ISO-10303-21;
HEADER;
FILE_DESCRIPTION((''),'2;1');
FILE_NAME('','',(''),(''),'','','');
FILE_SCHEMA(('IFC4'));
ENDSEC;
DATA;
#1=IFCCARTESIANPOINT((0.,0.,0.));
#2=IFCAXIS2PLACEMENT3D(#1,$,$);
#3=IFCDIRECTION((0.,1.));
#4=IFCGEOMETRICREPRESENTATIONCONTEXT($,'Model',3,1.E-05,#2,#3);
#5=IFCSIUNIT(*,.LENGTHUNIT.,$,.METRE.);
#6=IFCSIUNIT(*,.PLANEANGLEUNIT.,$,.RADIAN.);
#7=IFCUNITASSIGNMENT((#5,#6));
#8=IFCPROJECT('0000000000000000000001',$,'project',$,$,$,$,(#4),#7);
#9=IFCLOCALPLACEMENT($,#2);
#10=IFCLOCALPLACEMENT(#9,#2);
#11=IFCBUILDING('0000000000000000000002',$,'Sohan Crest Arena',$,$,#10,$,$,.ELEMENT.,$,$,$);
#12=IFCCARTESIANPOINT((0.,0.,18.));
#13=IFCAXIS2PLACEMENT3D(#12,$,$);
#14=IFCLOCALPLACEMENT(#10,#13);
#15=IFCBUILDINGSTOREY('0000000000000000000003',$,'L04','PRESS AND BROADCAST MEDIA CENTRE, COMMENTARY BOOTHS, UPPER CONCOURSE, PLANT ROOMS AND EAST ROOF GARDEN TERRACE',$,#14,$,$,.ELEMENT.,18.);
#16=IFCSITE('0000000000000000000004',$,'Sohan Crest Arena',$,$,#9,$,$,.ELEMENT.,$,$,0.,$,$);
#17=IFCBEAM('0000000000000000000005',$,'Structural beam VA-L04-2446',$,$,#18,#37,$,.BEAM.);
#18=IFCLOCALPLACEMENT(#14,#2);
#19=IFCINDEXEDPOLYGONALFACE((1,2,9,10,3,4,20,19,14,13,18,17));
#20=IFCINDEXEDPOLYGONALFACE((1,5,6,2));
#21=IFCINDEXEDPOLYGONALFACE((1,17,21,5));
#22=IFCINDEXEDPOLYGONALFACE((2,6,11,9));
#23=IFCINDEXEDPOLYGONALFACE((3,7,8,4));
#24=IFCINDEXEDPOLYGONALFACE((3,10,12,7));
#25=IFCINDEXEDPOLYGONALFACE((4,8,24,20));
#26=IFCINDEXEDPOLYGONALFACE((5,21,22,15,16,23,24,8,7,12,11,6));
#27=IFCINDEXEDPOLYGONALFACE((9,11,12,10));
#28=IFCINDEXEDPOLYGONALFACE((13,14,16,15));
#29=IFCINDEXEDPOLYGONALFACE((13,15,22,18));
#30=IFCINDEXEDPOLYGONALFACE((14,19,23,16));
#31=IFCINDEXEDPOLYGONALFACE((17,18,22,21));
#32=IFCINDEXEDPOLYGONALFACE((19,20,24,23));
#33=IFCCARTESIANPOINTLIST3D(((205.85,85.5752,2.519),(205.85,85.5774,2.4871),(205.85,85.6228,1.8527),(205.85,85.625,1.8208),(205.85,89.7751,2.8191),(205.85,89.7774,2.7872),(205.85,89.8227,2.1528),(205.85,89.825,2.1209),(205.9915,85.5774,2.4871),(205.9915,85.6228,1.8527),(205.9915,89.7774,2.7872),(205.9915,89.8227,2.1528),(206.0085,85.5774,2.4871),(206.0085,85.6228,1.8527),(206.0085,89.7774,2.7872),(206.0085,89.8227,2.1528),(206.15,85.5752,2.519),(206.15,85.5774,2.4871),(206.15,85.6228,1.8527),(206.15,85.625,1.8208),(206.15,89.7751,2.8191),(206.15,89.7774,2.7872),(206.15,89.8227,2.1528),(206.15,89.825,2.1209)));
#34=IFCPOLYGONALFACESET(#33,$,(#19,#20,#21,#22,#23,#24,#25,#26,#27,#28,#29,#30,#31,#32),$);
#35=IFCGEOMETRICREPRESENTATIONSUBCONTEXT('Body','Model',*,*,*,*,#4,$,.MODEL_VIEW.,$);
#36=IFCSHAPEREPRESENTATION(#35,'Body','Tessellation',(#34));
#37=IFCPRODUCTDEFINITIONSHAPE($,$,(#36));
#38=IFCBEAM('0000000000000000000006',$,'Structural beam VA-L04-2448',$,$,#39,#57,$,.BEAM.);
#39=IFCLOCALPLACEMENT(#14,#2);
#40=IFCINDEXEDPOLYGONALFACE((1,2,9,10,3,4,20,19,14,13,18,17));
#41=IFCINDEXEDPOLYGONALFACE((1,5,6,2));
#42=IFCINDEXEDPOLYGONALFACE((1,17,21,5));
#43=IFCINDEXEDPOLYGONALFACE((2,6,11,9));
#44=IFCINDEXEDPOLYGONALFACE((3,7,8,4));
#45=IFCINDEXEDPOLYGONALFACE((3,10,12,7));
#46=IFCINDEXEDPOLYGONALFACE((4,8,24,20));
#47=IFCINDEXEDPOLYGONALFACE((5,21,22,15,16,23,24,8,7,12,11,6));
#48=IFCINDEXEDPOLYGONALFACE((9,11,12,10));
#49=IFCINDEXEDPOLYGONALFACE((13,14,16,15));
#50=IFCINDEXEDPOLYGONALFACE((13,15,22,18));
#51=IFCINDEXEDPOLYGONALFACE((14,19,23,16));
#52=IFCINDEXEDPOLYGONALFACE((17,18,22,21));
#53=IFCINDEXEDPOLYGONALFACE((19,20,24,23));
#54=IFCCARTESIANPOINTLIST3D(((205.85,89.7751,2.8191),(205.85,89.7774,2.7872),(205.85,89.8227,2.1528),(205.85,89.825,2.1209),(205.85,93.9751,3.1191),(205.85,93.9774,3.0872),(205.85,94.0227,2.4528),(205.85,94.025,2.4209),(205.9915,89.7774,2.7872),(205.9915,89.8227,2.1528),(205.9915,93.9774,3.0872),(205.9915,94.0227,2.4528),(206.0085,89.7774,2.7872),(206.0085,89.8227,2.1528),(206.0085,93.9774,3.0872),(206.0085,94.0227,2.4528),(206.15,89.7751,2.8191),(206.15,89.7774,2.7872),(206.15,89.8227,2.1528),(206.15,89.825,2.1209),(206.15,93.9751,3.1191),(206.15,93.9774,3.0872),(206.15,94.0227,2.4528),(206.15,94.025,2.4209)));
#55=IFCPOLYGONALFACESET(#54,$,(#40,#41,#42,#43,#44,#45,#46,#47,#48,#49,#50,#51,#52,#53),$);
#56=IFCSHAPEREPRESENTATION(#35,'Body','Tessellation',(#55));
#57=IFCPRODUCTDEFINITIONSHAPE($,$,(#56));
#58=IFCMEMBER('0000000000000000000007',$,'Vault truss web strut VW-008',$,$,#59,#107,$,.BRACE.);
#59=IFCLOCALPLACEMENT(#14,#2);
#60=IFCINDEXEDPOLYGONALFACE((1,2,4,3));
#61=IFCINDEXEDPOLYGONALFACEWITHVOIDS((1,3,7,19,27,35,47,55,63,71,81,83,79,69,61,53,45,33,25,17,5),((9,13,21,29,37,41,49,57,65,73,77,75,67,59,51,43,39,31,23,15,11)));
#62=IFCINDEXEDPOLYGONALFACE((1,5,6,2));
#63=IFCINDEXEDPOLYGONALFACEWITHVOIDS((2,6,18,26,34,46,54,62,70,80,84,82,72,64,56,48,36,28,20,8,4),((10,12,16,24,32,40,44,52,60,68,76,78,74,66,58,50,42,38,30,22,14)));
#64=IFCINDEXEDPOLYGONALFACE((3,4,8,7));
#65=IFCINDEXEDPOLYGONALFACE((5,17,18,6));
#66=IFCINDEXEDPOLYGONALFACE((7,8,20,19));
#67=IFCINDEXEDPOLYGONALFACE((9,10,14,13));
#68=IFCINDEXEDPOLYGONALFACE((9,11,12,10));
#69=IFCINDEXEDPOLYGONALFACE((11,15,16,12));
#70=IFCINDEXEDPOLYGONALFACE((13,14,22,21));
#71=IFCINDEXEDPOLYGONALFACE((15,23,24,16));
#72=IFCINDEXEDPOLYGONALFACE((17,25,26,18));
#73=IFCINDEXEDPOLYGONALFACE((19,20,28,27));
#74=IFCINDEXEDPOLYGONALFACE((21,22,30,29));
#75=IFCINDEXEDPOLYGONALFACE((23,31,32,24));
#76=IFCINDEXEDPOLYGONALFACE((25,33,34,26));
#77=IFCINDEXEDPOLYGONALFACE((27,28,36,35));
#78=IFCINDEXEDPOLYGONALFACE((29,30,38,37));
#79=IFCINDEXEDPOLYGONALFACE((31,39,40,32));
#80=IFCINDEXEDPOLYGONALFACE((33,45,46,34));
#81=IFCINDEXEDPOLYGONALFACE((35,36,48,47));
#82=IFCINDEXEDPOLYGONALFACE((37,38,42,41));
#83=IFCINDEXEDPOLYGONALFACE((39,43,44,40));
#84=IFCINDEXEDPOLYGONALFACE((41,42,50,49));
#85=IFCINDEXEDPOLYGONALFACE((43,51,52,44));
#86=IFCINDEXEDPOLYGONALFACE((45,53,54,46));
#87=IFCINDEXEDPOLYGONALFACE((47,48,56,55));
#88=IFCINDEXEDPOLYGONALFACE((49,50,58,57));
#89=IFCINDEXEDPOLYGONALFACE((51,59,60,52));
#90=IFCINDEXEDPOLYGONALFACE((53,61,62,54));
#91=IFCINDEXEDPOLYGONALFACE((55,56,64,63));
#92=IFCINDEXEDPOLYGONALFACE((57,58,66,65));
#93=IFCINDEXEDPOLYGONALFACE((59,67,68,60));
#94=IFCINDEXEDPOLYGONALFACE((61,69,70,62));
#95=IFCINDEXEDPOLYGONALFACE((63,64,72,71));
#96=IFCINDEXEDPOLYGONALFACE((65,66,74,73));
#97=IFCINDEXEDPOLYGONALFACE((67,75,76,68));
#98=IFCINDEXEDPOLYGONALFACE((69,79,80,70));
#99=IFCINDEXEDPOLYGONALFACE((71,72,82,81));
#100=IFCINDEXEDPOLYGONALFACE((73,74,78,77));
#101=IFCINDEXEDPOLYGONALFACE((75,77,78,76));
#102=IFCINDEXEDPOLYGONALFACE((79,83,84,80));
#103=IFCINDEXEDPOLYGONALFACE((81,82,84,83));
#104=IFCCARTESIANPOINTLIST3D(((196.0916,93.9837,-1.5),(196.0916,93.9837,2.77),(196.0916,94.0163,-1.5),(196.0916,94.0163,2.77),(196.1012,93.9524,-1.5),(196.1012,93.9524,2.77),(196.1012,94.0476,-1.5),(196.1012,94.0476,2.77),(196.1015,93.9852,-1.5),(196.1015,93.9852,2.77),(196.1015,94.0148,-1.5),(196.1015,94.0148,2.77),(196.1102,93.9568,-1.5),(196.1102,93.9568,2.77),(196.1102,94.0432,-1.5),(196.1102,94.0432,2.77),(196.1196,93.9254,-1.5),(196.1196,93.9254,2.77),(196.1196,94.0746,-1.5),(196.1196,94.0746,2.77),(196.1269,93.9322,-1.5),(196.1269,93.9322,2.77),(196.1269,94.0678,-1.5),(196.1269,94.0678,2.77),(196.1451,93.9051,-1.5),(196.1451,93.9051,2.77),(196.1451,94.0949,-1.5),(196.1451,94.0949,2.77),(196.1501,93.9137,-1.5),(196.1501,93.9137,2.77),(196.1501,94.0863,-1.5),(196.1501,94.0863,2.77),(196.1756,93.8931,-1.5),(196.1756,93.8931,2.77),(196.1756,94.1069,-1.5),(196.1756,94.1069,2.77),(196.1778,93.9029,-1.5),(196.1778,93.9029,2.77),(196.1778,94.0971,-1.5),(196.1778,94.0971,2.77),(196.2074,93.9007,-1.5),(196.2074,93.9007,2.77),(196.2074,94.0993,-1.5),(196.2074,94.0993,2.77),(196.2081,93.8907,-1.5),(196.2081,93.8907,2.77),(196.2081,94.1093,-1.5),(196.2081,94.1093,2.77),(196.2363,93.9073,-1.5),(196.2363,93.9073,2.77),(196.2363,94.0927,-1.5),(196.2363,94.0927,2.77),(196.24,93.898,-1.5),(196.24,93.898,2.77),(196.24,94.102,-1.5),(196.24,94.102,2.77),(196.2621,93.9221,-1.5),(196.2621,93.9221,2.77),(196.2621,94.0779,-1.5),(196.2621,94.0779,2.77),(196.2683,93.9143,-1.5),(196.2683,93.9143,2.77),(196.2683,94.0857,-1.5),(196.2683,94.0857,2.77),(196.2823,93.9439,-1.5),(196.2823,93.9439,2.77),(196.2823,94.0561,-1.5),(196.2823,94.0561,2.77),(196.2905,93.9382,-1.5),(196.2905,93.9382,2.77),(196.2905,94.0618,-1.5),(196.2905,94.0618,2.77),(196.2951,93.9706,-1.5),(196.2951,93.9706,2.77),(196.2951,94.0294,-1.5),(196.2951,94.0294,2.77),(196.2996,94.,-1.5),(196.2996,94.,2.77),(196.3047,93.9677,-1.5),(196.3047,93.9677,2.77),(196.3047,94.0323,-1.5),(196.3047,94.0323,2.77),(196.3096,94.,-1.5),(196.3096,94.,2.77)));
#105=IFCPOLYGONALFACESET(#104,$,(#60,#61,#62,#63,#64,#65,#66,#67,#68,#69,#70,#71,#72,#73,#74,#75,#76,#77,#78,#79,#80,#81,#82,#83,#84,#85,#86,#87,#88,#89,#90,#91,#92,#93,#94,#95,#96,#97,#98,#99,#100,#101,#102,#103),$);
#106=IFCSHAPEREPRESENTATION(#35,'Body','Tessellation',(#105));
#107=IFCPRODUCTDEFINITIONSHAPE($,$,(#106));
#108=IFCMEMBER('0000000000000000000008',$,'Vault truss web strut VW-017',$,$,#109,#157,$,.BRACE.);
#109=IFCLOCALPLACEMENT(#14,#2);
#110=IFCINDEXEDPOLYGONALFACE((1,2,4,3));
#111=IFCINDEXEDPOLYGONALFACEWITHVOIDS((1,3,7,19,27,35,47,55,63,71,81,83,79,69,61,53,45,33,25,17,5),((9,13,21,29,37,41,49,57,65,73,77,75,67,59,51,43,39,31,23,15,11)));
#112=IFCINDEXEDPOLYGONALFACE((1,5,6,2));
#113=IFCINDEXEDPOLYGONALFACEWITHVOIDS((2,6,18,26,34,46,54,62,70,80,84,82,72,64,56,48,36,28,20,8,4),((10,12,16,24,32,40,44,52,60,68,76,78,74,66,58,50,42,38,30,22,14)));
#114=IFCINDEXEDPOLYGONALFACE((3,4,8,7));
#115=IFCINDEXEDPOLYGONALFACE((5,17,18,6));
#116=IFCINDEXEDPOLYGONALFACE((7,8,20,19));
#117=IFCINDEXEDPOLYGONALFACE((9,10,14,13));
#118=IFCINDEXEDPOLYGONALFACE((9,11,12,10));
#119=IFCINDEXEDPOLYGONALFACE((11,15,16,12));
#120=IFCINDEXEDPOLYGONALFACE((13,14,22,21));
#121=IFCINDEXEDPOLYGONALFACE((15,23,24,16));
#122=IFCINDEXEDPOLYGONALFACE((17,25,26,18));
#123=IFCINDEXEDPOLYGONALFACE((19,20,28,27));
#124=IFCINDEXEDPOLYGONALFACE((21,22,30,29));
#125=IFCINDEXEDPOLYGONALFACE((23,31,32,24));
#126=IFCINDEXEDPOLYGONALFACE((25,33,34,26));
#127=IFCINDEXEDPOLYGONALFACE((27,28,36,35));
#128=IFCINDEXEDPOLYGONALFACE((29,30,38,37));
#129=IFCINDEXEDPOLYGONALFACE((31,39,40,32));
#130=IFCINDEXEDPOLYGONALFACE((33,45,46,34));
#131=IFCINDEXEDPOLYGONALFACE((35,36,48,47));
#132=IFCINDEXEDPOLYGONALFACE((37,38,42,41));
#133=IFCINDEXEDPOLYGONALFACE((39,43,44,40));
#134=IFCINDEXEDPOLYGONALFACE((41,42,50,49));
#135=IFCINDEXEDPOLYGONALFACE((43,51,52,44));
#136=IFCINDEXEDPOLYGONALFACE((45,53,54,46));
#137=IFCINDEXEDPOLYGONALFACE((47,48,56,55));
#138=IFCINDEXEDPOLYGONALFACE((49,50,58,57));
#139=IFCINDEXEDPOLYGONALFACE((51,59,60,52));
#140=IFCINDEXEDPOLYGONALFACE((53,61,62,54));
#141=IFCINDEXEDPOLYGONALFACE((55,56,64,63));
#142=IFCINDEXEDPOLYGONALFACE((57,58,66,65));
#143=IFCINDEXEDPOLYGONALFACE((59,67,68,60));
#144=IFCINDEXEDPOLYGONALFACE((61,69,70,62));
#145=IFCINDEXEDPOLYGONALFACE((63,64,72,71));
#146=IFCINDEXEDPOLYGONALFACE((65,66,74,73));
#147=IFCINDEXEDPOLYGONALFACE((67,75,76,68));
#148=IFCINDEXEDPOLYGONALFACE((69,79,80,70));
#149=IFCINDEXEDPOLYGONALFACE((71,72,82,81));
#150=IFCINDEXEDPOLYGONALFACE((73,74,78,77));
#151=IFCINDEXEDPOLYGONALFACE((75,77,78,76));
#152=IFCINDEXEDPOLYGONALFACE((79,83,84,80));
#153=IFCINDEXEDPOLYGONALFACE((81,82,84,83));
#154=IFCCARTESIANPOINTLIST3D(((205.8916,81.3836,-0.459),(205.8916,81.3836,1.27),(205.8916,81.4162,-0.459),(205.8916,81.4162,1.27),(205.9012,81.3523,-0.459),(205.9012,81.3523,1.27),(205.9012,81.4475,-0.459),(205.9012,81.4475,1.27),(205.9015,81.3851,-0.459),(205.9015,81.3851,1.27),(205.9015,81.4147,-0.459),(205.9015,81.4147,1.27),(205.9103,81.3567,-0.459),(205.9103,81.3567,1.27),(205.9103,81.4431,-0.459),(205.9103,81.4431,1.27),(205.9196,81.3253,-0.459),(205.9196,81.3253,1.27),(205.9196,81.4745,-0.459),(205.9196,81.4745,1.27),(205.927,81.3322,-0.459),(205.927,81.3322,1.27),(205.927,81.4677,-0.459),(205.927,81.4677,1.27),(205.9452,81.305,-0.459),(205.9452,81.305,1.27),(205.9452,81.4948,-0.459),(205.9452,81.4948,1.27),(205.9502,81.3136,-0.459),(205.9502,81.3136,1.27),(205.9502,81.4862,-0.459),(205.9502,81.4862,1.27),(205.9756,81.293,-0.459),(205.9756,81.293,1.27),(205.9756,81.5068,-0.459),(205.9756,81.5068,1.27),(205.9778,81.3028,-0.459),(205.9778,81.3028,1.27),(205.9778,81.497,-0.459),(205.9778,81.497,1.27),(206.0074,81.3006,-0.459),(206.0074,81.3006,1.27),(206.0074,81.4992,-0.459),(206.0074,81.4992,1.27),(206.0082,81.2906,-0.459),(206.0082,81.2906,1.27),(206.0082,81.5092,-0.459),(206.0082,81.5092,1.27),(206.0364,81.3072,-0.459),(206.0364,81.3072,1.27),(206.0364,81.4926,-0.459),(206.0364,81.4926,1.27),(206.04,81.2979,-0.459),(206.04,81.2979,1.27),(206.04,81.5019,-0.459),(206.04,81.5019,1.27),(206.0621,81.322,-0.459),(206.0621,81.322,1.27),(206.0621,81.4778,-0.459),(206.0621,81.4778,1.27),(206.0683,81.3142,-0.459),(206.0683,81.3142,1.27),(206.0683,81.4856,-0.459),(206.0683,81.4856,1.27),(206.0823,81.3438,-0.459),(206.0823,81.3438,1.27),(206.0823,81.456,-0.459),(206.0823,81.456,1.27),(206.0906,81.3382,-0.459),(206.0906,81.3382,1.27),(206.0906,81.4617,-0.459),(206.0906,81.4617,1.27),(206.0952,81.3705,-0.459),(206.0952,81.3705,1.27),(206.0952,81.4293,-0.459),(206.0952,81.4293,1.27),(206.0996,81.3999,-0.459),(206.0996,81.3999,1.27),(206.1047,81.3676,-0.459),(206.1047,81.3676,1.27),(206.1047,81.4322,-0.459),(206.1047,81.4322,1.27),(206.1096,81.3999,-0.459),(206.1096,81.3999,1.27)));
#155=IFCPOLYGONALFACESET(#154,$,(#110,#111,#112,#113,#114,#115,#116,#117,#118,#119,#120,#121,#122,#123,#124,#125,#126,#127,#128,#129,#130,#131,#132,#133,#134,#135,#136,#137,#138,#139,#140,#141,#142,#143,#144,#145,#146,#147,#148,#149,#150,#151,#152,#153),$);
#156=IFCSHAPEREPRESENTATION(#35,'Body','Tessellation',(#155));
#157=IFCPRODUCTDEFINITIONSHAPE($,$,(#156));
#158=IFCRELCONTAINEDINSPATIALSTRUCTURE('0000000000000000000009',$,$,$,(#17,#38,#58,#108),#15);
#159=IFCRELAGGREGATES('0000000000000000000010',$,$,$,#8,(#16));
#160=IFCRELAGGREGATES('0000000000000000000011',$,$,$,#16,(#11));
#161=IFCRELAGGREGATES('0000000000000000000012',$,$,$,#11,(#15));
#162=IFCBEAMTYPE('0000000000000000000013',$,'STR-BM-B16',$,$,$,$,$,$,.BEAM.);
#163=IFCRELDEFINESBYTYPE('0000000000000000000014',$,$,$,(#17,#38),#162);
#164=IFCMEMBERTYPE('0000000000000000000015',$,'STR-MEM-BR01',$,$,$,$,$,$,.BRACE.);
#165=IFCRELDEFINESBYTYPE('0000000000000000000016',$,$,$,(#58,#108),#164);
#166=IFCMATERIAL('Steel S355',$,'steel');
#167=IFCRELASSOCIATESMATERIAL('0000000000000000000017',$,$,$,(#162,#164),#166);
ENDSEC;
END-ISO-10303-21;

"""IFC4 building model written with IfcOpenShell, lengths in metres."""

from ifc_helpers import new_model, si_unit, direction, frame, origin, origin_2d, place, context, subcontext, project, spatial, hollow_circle, i_section, extrude, material, material_profile, profile_set, type_object, element, save


model = new_model("IFC4")

# Units and contexts
model_context = context("Model", 3, precision=1e-05, world=origin(), true_north=direction((0.0, 1.0)))
body_context = subcontext(model_context, "Body", "Model", "MODEL_VIEW")
ifc_project = project(units=[si_unit("LENGTHUNIT", "METRE"), si_unit("PLANEANGLEUNIT", "RADIAN")], contexts=[model_context])

# Site, building, storey
site_placement = place(None, origin())
site = spatial("IfcSite", under=ifc_project, at=site_placement, Name="Sohan Crest Arena", CompositionType="ELEMENT", RefElevation=0.0)
building_placement = place(site_placement, origin())
building = spatial("IfcBuilding", under=site, at=building_placement, Name="Sohan Crest Arena", CompositionType="ELEMENT")
storey_placement = place(building_placement, frame((0.0, 0.0, 18.0)))
storey = spatial("IfcBuildingStorey", under=building, at=storey_placement, Name="L04", Description="PRESS AND BROADCAST MEDIA CENTRE, COMMENTARY BOOTHS, UPPER CONCOURSE, PLANT ROOMS AND EAST ROOF GARDEN TERRACE", CompositionType="ELEMENT", Elevation=18.0)

# Beams
ifc_material = material(Name="Steel S355", Category="steel")
ifc_material_profile_1 = material_profile(ifc_material, i_section(OverallWidth=0.3, OverallDepth=0.7, WebThickness=0.0171, FlangeThickness=0.032, at=origin_2d()), Name="HEB 700")
ifc_profile_set_1 = profile_set([ifc_material_profile_1], Name="Steel S355")
beam_type_1 = type_object("IfcBeamType", Name="STR-BM-B16", PredefinedType="BEAM", material=ifc_profile_set_1)
for number, where, z_axis, x_axis, name in (
    (1, (206.0, 85.6001, 2.1699), (0.0, 0.997458, 0.071259), (-1.0, 0.0, 0.0), "Structural beam VA-L04-2446"),
    (2, (206.0, 89.8, 2.47), (0.0, 0.997458, 0.071259), (-1.0, 0.0, 0.0), "Structural beam VA-L04-2448"),
):
    element("IfcBeam", number, at=place(storey_placement, frame(where, z_axis=z_axis, x_axis=x_axis)), inside=storey, type_object=beam_type_1, Name=name, PredefinedType="BEAM", context=body_context, shape_type="SweptSolid", body=[
        extrude(i_section(OverallWidth=0.3, OverallDepth=0.7, WebThickness=0.0171, FlangeThickness=0.032, at=origin_2d()), origin(), (0.0, 0.0, 1.0), 4.2107),
    ])

# Members
ifc_material_profile_2 = material_profile(ifc_material, hollow_circle(Radius=0.1096, WallThickness=0.01, at=origin_2d()), Name="CHS 219.1x10")
ifc_profile_set_2 = profile_set([ifc_material_profile_2], Name="Steel S355")
member_type_1 = type_object("IfcMemberType", Name="STR-MEM-BR01", PredefinedType="BRACE", material=ifc_profile_set_2)
member_1_placement = place(storey_placement, frame((196.2, 94.0, -1.5), z_axis=(0.0, 0.0, 1.0), x_axis=(1.0, 0.0, 0.0)))
element("IfcMember", 3, at=member_1_placement, inside=storey, type_object=member_type_1, Name="Vault truss web strut VW-008", PredefinedType="BRACE", context=body_context, shape_type="SweptSolid", body=[
    extrude(hollow_circle(Radius=0.1096, WallThickness=0.01, at=origin_2d()), origin(), (0.0, 0.0, 1.0), 4.27),
])
member_2_placement = place(storey_placement, frame((206.0, 81.3999, -0.459), z_axis=(0.0, 0.0, 1.0), x_axis=(1.0, 0.0, 0.0)))
element("IfcMember", 4, at=member_2_placement, inside=storey, type_object=member_type_1, Name="Vault truss web strut VW-017", PredefinedType="BRACE", context=body_context, shape_type="SweptSolid", body=[
    extrude(hollow_circle(Radius=0.1096, WallThickness=0.01, at=origin_2d()), origin(), (0.0, 0.0, 1.0), 1.729),
])

save(model, "model.ifc")
